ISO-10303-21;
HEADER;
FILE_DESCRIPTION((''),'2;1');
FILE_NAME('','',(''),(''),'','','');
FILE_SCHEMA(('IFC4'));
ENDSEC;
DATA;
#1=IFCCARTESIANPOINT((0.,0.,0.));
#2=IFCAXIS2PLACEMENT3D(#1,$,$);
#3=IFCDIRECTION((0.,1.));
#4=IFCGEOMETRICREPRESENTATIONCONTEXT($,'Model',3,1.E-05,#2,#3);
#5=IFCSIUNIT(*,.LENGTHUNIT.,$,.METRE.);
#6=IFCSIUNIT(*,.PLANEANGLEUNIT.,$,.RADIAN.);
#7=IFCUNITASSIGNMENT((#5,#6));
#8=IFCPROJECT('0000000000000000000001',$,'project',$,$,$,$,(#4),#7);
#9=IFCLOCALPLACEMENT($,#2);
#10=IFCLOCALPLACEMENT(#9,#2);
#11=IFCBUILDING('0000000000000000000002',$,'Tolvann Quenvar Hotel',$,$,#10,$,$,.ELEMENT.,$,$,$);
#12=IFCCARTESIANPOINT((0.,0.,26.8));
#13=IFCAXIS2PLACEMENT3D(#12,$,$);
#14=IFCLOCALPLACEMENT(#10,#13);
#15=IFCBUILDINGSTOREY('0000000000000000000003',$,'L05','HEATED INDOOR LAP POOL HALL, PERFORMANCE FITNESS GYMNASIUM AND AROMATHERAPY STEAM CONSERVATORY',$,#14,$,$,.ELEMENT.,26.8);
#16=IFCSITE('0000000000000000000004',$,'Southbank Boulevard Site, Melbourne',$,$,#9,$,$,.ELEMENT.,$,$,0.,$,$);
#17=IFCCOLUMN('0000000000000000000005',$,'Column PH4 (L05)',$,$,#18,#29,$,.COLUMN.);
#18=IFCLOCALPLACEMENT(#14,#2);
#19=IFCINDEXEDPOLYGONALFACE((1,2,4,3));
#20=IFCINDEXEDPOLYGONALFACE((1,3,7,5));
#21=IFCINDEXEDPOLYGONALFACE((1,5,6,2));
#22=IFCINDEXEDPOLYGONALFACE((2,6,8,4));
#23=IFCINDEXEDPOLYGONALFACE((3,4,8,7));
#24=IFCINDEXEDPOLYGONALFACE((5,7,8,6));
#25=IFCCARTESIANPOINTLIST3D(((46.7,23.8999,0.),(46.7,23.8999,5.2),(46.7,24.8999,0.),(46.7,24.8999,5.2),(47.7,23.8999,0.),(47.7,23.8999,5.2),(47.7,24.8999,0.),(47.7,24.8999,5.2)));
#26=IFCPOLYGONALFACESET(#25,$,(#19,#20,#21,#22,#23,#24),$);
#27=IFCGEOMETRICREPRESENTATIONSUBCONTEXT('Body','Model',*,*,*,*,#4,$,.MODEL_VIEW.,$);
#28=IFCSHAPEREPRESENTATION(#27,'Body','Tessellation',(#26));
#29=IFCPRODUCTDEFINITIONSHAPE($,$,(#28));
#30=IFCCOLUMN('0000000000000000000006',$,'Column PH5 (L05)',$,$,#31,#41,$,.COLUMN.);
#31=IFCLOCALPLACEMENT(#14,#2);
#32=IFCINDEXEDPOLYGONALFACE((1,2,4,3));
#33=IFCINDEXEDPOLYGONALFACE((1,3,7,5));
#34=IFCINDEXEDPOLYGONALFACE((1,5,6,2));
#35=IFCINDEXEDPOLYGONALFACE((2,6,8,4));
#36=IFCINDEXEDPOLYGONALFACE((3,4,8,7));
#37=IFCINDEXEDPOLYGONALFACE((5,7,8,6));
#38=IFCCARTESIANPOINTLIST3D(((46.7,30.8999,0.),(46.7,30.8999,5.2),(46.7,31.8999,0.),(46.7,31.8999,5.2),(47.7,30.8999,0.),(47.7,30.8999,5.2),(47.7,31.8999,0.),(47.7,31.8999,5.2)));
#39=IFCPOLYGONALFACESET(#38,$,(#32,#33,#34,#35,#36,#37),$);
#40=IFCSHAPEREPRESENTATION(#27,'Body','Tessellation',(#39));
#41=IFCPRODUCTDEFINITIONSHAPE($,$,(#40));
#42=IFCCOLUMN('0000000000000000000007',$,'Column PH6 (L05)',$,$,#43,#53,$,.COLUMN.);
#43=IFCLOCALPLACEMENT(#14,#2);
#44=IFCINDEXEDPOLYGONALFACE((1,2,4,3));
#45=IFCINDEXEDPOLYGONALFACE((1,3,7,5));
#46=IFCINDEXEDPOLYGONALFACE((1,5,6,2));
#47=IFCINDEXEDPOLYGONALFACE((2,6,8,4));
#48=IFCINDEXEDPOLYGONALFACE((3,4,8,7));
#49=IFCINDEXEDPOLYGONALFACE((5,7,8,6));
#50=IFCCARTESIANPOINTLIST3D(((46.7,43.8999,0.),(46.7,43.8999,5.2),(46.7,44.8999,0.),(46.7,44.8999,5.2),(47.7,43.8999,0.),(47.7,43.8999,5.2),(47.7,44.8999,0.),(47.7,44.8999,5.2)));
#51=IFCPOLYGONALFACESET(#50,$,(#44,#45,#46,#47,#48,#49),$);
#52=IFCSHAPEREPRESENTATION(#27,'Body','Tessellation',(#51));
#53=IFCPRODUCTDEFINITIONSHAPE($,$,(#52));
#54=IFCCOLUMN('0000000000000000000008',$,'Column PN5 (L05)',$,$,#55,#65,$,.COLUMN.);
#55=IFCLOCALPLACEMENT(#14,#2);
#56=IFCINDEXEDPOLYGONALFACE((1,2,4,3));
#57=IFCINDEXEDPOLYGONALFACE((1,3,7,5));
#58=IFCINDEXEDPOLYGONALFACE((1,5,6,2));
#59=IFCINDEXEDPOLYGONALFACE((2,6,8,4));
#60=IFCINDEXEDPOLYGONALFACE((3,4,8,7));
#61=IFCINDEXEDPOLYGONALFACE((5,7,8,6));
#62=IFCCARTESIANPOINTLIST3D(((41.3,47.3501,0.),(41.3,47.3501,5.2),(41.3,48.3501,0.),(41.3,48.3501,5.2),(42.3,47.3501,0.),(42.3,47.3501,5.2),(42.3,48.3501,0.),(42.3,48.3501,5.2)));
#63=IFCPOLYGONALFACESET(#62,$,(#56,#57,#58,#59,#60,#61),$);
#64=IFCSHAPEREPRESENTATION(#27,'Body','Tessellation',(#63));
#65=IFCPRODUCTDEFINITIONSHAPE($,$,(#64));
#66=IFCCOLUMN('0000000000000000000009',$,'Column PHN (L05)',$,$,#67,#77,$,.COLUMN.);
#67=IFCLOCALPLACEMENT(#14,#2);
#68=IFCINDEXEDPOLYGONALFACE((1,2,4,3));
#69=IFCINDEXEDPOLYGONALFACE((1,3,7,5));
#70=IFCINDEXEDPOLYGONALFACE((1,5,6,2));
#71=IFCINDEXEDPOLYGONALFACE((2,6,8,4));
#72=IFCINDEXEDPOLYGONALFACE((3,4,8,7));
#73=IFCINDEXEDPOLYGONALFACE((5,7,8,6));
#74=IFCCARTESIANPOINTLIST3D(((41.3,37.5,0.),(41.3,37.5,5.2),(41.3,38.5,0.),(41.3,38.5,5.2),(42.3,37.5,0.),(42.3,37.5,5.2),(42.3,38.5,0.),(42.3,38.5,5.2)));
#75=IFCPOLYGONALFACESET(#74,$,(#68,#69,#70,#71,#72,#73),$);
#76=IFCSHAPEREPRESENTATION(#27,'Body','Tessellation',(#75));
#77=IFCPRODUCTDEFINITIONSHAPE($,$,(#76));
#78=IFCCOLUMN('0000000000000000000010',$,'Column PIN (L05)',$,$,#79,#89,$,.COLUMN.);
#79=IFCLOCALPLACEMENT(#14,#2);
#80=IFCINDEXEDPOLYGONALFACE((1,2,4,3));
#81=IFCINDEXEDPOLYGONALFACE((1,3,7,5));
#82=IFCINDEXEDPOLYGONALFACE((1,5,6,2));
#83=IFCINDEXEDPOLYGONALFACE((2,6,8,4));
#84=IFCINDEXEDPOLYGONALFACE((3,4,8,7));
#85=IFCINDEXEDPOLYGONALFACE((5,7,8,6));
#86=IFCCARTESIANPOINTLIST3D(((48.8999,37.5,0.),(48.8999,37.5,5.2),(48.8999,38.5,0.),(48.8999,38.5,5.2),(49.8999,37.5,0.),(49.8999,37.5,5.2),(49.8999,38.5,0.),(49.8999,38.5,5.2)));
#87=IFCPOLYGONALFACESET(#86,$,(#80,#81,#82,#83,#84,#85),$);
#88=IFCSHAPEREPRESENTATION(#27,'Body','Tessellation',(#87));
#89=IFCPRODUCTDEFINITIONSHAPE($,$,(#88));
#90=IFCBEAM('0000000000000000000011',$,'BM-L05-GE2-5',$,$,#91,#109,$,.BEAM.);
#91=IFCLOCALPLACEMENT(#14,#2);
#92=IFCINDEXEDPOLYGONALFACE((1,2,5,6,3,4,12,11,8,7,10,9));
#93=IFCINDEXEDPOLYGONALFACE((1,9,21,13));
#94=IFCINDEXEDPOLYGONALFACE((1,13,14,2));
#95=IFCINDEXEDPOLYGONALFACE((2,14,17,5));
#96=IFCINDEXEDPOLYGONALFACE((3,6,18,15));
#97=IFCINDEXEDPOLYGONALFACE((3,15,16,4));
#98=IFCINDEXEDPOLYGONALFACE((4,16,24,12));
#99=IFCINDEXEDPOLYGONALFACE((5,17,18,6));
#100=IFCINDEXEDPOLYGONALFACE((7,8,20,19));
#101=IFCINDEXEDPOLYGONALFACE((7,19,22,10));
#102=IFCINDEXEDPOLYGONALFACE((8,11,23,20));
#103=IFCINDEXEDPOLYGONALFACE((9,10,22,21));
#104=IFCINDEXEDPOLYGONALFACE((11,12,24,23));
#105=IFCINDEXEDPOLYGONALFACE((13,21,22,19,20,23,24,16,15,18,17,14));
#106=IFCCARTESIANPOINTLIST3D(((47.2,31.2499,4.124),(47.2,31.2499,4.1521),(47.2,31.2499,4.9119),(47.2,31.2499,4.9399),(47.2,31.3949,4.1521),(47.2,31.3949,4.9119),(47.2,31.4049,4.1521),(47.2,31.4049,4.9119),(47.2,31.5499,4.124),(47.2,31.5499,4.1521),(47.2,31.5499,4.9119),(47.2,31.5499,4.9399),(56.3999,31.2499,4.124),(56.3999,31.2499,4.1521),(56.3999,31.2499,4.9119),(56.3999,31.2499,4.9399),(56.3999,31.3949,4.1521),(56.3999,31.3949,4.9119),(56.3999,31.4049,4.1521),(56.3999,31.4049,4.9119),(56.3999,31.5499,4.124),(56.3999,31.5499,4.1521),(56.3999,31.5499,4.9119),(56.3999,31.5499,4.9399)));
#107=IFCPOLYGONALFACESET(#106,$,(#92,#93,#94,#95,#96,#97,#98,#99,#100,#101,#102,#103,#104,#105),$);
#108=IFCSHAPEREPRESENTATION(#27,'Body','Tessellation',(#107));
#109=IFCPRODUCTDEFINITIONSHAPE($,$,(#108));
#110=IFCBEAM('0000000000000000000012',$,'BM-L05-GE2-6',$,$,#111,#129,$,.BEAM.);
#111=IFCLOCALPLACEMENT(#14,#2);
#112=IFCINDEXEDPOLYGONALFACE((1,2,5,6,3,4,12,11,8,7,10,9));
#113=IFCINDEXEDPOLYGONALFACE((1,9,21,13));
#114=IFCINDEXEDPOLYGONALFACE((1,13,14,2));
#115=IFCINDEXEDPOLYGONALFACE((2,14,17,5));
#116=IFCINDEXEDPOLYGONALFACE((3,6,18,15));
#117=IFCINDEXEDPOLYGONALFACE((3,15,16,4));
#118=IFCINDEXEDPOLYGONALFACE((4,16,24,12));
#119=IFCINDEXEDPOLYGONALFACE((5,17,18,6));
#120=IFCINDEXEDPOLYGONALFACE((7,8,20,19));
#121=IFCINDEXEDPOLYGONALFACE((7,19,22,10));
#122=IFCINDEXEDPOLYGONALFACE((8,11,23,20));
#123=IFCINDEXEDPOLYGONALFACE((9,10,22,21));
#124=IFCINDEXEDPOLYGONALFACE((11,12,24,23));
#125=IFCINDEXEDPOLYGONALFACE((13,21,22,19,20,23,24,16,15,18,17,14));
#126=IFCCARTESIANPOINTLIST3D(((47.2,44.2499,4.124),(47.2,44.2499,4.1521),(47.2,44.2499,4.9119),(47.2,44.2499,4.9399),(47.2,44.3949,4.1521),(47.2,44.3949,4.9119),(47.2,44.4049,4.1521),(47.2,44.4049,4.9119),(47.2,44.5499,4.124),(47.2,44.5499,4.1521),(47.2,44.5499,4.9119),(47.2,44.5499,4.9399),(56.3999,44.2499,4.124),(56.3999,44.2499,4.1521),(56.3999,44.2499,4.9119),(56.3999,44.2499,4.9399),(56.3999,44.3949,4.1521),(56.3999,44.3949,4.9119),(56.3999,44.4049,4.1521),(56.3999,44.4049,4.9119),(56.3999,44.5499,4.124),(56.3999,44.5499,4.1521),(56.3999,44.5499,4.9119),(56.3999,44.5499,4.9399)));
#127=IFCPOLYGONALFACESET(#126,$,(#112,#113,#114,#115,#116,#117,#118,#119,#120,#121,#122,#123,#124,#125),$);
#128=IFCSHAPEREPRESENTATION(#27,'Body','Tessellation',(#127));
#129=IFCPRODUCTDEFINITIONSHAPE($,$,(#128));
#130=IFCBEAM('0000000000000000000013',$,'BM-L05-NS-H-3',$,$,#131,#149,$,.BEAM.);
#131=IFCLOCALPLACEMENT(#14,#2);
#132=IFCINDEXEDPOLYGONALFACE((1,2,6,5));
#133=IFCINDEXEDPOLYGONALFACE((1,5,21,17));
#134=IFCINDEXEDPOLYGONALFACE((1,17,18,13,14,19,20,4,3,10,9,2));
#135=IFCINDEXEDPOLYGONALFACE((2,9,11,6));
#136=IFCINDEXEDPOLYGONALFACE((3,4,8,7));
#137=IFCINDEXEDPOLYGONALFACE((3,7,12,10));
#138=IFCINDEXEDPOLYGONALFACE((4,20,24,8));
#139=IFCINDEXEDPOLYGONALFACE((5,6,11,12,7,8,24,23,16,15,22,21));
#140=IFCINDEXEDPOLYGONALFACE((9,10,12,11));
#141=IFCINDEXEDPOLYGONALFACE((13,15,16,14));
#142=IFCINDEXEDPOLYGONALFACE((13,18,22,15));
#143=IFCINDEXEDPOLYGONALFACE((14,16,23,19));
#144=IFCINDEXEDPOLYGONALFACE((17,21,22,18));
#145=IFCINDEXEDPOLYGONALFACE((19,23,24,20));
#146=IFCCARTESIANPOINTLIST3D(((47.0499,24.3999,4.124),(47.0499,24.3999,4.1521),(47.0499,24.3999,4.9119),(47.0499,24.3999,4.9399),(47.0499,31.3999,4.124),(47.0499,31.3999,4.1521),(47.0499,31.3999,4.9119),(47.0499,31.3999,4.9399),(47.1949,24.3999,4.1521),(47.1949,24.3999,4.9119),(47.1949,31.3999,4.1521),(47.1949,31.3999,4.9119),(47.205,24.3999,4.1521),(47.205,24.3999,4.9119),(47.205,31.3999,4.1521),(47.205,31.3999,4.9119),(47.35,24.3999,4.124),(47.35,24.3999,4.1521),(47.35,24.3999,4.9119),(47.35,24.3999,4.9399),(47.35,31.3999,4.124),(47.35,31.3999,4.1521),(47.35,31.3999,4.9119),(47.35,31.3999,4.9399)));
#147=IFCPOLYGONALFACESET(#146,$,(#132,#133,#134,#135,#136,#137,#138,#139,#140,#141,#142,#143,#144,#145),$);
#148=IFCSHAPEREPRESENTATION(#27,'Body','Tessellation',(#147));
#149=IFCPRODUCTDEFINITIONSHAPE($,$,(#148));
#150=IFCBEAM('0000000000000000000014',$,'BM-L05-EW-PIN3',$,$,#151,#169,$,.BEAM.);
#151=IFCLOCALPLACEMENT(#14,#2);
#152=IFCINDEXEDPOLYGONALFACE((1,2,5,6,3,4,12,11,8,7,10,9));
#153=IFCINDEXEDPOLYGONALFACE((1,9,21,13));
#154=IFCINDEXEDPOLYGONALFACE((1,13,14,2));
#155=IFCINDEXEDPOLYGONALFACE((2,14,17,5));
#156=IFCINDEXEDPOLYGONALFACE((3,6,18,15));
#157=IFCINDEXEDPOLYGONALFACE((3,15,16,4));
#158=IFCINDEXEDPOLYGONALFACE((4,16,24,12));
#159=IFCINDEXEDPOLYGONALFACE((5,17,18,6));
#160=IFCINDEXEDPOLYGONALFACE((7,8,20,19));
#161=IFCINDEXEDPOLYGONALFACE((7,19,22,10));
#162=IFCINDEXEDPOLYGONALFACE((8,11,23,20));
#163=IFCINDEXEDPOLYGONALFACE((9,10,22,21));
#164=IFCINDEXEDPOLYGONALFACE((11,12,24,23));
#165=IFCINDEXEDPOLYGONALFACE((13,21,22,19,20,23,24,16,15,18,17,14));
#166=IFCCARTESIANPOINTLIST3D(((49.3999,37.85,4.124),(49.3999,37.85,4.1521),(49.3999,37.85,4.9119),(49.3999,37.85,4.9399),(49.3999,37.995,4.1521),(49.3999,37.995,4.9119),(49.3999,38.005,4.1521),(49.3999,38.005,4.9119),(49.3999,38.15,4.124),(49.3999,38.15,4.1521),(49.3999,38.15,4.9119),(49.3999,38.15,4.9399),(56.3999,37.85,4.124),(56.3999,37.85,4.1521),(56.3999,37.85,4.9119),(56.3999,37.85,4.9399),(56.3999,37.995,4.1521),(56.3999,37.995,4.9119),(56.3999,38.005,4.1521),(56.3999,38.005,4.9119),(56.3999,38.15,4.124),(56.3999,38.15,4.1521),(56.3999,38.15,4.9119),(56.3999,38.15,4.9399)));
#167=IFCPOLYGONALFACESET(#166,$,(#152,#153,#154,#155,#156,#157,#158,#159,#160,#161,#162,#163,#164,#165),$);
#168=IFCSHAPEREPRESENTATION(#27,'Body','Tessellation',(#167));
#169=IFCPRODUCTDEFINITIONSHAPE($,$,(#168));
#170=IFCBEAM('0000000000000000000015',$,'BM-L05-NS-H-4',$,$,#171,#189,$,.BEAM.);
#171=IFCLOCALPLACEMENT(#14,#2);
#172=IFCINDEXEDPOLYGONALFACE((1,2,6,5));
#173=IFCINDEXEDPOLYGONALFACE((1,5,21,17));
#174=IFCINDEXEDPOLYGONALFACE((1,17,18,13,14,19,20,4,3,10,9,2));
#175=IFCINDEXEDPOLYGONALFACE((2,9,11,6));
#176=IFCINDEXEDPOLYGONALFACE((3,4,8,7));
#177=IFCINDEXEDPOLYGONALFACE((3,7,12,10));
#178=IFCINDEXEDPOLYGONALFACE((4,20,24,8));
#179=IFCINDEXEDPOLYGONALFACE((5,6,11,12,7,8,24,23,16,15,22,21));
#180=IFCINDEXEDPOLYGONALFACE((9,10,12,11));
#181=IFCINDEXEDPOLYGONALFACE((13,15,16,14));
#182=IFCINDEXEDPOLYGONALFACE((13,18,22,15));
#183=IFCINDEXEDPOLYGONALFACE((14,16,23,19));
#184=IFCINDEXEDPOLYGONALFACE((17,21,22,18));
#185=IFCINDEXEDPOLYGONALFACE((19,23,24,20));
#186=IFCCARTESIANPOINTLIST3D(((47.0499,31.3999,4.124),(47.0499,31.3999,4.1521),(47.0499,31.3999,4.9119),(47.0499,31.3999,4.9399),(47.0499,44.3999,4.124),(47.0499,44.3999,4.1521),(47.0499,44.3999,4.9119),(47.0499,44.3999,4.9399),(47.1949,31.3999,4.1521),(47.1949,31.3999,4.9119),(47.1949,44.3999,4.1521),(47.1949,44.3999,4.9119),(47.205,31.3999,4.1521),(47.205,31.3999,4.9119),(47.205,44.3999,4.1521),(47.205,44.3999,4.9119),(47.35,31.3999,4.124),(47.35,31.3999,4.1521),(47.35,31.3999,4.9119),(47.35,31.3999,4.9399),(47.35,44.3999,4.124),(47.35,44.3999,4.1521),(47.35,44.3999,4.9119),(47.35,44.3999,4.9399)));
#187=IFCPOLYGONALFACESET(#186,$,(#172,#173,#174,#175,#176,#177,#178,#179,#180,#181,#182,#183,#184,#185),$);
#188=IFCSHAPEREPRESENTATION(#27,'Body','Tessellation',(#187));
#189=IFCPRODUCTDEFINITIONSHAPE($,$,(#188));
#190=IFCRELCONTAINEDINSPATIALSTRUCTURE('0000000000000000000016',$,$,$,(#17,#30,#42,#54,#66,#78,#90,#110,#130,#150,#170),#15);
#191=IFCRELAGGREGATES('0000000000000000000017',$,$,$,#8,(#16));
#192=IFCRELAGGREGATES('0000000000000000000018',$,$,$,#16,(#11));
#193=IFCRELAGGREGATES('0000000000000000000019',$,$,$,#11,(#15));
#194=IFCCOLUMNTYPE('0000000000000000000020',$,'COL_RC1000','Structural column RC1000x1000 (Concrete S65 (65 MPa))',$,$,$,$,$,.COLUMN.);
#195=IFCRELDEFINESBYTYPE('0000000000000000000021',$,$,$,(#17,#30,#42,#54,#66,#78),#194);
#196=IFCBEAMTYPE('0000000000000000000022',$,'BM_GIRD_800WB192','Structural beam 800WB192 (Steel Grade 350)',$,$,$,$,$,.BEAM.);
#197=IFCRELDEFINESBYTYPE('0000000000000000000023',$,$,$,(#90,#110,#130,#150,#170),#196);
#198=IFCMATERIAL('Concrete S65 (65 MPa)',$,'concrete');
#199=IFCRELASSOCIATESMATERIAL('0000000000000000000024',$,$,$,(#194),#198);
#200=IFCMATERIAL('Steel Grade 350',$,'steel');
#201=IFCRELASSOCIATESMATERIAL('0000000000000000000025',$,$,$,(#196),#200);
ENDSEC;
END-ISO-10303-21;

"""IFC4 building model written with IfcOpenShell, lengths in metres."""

from ifc_helpers import new_model, si_unit, direction, frame, origin, origin_2d, place, context, subcontext, project, spatial, rectangle, i_section, extrude, source, transform, mapped, material, material_profile, profile_set, type_object, type_shapes, element, save


model = new_model("IFC4")

# Units and contexts
model_context = context("Model", 3, precision=1e-05, world=origin(), true_north=direction((0.0, 1.0)))
body_context = subcontext(model_context, "Body", "Model", "MODEL_VIEW")
ifc_project = project(units=[si_unit("LENGTHUNIT", "METRE"), si_unit("PLANEANGLEUNIT", "RADIAN")], contexts=[model_context])

# Site, building, storey
site_placement = place(None, origin())
site = spatial("IfcSite", under=ifc_project, at=site_placement, Name="Southbank Boulevard Site, Melbourne", CompositionType="ELEMENT", RefElevation=0.0)
building_placement = place(site_placement, origin())
building = spatial("IfcBuilding", under=site, at=building_placement, Name="Tolvann Quenvar Hotel", CompositionType="ELEMENT")
storey_placement = place(building_placement, frame((0.0, 0.0, 26.8)))
storey = spatial("IfcBuildingStorey", under=building, at=storey_placement, Name="L05", Description="HEATED INDOOR LAP POOL HALL, PERFORMANCE FITNESS GYMNASIUM AND AROMATHERAPY STEAM CONSERVATORY", CompositionType="ELEMENT", Elevation=26.8)

# Columns
ifc_material_1 = material(Name="Concrete S65 (65 MPa)", Category="concrete")
ifc_material_profile_1 = material_profile(ifc_material_1, rectangle(XDim=1.0, YDim=1.0, at=origin_2d()), Name="RC1000x1000")
ifc_profile_set_1 = profile_set([ifc_material_profile_1], Name="Concrete S65 (65 MPa)")
column_type = type_object("IfcColumnType", Name="COL_RC1000", Description="Structural column RC1000x1000 (Concrete S65 (65 MPa))", PredefinedType="COLUMN", material=ifc_profile_set_1)
shared_shape_1 = source(origin(), body_context, "Body", "SweptSolid", [
    extrude(rectangle(XDim=1.0, YDim=1.0, at=origin_2d()), origin(), (0.0, 0.0, 1.0), 5.2),
])
type_shapes(column_type, [shared_shape_1])
for number, where, z_axis, x_axis, name in (
    (1, (47.2, 24.3999, 0.0), (0.0, 0.0, 1.0), (1.0, 0.0, 0.0), "Column PH4 (L05)"),
    (2, (47.2, 31.3999, 0.0), (0.0, 0.0, 1.0), (1.0, 0.0, 0.0), "Column PH5 (L05)"),
    (3, (47.2, 44.3999, 0.0), (0.0, 0.0, 1.0), (1.0, 0.0, 0.0), "Column PH6 (L05)"),
    (4, (41.8, 47.8501, 0.0), (0.0, 0.0, 1.0), (1.0, 0.0, 0.0), "Column PN5 (L05)"),
    (5, (41.8, 38.0, 0.0), (0.0, 0.0, 1.0), (1.0, 0.0, 0.0), "Column PHN (L05)"),
    (6, (49.3999, 38.0, 0.0), (0.0, 0.0, 1.0), (1.0, 0.0, 0.0), "Column PIN (L05)"),
):
    element("IfcColumn", number, at=place(storey_placement, frame(where, z_axis=z_axis, x_axis=x_axis)), inside=storey, type_object=column_type, Name=name, PredefinedType="COLUMN", context=body_context, shape_type="MappedRepresentation", body=[
        mapped(shared_shape_1, transform((0.0, 0.0, 0.0), x_axis=(1.0, 0.0, 0.0), y_axis=(0.0, 1.0, 0.0), z_axis=(0.0, 0.0, 1.0), scale=1.0)),
    ])

# Beams
ifc_material_2 = material(Name="Steel Grade 350", Category="steel")
ifc_material_profile_2 = material_profile(ifc_material_2, i_section(OverallWidth=0.3, OverallDepth=0.8159, WebThickness=0.01, FlangeThickness=0.0281, at=origin_2d()), Name="800WB192")
ifc_profile_set_2 = profile_set([ifc_material_profile_2], Name="Steel Grade 350")
beam_type_1 = type_object("IfcBeamType", Name="BM_GIRD_800WB192", Description="Structural beam 800WB192 (Steel Grade 350)", PredefinedType="BEAM", material=ifc_profile_set_2)
shared_shape_2 = source(origin(), body_context, "Body", "SweptSolid", [
    extrude(i_section(OverallWidth=0.3, OverallDepth=0.8159, WebThickness=0.01, FlangeThickness=0.0281, at=origin_2d()), origin(), (0.0, 0.0, 1.0), 9.2),
])
for number, where, z_axis, x_axis, name in (
    (7, (47.2, 31.3999, 4.532), (1.0, 0.0, 0.0), (0.0, 1.0, 0.0), "BM-L05-GE2-5"),
    (8, (47.2, 44.3999, 4.532), (1.0, 0.0, 0.0), (0.0, 1.0, 0.0), "BM-L05-GE2-6"),
):
    element("IfcBeam", number, at=place(storey_placement, frame(where, z_axis=z_axis, x_axis=x_axis)), inside=storey, type_object=beam_type_1, Name=name, PredefinedType="BEAM", context=body_context, shape_type="MappedRepresentation", body=[
        mapped(shared_shape_2, transform((0.0, 0.0, 0.0), x_axis=(1.0, 0.0, 0.0), y_axis=(0.0, 1.0, 0.0), z_axis=(0.0, 0.0, 1.0), scale=1.0)),
    ])
shared_shape_3 = source(origin(), body_context, "Body", "SweptSolid", [
    extrude(i_section(OverallWidth=0.3, OverallDepth=0.8159, WebThickness=0.01, FlangeThickness=0.0281, at=origin_2d()), origin(), (0.0, 0.0, 1.0), 7.0),
])
for number, where, z_axis, x_axis, name in (
    (9, (47.2, 24.3999, 4.532), (0.0, 1.0, 0.0), (-1.0, 0.0, 0.0), "BM-L05-NS-H-3"),
    (10, (49.3999, 38.0, 4.532), (1.0, 0.0, 0.0), (0.0, 1.0, 0.0), "BM-L05-EW-PIN3"),
):
    element("IfcBeam", number, at=place(storey_placement, frame(where, z_axis=z_axis, x_axis=x_axis)), inside=storey, type_object=beam_type_1, Name=name, PredefinedType="BEAM", context=body_context, shape_type="MappedRepresentation", body=[
        mapped(shared_shape_3, transform((0.0, 0.0, 0.0), x_axis=(1.0, 0.0, 0.0), y_axis=(0.0, 1.0, 0.0), z_axis=(0.0, 0.0, 1.0), scale=1.0)),
    ])
shared_shape_4 = source(origin(), body_context, "Body", "SweptSolid", [
    extrude(i_section(OverallWidth=0.3, OverallDepth=0.8159, WebThickness=0.01, FlangeThickness=0.0281, at=origin_2d()), origin(), (0.0, 0.0, 1.0), 13.0),
])
beam_1_placement = place(storey_placement, frame((47.2, 31.3999, 4.532), z_axis=(0.0, 1.0, 0.0), x_axis=(-1.0, 0.0, 0.0)))
element("IfcBeam", 11, at=beam_1_placement, inside=storey, type_object=beam_type_1, Name="BM-L05-NS-H-4", PredefinedType="BEAM", context=body_context, shape_type="MappedRepresentation", body=[
    mapped(shared_shape_4, transform((0.0, 0.0, 0.0), x_axis=(1.0, 0.0, 0.0), y_axis=(0.0, 1.0, 0.0), z_axis=(0.0, 0.0, 1.0), scale=1.0)),
])

save(model, "model.ifc")
